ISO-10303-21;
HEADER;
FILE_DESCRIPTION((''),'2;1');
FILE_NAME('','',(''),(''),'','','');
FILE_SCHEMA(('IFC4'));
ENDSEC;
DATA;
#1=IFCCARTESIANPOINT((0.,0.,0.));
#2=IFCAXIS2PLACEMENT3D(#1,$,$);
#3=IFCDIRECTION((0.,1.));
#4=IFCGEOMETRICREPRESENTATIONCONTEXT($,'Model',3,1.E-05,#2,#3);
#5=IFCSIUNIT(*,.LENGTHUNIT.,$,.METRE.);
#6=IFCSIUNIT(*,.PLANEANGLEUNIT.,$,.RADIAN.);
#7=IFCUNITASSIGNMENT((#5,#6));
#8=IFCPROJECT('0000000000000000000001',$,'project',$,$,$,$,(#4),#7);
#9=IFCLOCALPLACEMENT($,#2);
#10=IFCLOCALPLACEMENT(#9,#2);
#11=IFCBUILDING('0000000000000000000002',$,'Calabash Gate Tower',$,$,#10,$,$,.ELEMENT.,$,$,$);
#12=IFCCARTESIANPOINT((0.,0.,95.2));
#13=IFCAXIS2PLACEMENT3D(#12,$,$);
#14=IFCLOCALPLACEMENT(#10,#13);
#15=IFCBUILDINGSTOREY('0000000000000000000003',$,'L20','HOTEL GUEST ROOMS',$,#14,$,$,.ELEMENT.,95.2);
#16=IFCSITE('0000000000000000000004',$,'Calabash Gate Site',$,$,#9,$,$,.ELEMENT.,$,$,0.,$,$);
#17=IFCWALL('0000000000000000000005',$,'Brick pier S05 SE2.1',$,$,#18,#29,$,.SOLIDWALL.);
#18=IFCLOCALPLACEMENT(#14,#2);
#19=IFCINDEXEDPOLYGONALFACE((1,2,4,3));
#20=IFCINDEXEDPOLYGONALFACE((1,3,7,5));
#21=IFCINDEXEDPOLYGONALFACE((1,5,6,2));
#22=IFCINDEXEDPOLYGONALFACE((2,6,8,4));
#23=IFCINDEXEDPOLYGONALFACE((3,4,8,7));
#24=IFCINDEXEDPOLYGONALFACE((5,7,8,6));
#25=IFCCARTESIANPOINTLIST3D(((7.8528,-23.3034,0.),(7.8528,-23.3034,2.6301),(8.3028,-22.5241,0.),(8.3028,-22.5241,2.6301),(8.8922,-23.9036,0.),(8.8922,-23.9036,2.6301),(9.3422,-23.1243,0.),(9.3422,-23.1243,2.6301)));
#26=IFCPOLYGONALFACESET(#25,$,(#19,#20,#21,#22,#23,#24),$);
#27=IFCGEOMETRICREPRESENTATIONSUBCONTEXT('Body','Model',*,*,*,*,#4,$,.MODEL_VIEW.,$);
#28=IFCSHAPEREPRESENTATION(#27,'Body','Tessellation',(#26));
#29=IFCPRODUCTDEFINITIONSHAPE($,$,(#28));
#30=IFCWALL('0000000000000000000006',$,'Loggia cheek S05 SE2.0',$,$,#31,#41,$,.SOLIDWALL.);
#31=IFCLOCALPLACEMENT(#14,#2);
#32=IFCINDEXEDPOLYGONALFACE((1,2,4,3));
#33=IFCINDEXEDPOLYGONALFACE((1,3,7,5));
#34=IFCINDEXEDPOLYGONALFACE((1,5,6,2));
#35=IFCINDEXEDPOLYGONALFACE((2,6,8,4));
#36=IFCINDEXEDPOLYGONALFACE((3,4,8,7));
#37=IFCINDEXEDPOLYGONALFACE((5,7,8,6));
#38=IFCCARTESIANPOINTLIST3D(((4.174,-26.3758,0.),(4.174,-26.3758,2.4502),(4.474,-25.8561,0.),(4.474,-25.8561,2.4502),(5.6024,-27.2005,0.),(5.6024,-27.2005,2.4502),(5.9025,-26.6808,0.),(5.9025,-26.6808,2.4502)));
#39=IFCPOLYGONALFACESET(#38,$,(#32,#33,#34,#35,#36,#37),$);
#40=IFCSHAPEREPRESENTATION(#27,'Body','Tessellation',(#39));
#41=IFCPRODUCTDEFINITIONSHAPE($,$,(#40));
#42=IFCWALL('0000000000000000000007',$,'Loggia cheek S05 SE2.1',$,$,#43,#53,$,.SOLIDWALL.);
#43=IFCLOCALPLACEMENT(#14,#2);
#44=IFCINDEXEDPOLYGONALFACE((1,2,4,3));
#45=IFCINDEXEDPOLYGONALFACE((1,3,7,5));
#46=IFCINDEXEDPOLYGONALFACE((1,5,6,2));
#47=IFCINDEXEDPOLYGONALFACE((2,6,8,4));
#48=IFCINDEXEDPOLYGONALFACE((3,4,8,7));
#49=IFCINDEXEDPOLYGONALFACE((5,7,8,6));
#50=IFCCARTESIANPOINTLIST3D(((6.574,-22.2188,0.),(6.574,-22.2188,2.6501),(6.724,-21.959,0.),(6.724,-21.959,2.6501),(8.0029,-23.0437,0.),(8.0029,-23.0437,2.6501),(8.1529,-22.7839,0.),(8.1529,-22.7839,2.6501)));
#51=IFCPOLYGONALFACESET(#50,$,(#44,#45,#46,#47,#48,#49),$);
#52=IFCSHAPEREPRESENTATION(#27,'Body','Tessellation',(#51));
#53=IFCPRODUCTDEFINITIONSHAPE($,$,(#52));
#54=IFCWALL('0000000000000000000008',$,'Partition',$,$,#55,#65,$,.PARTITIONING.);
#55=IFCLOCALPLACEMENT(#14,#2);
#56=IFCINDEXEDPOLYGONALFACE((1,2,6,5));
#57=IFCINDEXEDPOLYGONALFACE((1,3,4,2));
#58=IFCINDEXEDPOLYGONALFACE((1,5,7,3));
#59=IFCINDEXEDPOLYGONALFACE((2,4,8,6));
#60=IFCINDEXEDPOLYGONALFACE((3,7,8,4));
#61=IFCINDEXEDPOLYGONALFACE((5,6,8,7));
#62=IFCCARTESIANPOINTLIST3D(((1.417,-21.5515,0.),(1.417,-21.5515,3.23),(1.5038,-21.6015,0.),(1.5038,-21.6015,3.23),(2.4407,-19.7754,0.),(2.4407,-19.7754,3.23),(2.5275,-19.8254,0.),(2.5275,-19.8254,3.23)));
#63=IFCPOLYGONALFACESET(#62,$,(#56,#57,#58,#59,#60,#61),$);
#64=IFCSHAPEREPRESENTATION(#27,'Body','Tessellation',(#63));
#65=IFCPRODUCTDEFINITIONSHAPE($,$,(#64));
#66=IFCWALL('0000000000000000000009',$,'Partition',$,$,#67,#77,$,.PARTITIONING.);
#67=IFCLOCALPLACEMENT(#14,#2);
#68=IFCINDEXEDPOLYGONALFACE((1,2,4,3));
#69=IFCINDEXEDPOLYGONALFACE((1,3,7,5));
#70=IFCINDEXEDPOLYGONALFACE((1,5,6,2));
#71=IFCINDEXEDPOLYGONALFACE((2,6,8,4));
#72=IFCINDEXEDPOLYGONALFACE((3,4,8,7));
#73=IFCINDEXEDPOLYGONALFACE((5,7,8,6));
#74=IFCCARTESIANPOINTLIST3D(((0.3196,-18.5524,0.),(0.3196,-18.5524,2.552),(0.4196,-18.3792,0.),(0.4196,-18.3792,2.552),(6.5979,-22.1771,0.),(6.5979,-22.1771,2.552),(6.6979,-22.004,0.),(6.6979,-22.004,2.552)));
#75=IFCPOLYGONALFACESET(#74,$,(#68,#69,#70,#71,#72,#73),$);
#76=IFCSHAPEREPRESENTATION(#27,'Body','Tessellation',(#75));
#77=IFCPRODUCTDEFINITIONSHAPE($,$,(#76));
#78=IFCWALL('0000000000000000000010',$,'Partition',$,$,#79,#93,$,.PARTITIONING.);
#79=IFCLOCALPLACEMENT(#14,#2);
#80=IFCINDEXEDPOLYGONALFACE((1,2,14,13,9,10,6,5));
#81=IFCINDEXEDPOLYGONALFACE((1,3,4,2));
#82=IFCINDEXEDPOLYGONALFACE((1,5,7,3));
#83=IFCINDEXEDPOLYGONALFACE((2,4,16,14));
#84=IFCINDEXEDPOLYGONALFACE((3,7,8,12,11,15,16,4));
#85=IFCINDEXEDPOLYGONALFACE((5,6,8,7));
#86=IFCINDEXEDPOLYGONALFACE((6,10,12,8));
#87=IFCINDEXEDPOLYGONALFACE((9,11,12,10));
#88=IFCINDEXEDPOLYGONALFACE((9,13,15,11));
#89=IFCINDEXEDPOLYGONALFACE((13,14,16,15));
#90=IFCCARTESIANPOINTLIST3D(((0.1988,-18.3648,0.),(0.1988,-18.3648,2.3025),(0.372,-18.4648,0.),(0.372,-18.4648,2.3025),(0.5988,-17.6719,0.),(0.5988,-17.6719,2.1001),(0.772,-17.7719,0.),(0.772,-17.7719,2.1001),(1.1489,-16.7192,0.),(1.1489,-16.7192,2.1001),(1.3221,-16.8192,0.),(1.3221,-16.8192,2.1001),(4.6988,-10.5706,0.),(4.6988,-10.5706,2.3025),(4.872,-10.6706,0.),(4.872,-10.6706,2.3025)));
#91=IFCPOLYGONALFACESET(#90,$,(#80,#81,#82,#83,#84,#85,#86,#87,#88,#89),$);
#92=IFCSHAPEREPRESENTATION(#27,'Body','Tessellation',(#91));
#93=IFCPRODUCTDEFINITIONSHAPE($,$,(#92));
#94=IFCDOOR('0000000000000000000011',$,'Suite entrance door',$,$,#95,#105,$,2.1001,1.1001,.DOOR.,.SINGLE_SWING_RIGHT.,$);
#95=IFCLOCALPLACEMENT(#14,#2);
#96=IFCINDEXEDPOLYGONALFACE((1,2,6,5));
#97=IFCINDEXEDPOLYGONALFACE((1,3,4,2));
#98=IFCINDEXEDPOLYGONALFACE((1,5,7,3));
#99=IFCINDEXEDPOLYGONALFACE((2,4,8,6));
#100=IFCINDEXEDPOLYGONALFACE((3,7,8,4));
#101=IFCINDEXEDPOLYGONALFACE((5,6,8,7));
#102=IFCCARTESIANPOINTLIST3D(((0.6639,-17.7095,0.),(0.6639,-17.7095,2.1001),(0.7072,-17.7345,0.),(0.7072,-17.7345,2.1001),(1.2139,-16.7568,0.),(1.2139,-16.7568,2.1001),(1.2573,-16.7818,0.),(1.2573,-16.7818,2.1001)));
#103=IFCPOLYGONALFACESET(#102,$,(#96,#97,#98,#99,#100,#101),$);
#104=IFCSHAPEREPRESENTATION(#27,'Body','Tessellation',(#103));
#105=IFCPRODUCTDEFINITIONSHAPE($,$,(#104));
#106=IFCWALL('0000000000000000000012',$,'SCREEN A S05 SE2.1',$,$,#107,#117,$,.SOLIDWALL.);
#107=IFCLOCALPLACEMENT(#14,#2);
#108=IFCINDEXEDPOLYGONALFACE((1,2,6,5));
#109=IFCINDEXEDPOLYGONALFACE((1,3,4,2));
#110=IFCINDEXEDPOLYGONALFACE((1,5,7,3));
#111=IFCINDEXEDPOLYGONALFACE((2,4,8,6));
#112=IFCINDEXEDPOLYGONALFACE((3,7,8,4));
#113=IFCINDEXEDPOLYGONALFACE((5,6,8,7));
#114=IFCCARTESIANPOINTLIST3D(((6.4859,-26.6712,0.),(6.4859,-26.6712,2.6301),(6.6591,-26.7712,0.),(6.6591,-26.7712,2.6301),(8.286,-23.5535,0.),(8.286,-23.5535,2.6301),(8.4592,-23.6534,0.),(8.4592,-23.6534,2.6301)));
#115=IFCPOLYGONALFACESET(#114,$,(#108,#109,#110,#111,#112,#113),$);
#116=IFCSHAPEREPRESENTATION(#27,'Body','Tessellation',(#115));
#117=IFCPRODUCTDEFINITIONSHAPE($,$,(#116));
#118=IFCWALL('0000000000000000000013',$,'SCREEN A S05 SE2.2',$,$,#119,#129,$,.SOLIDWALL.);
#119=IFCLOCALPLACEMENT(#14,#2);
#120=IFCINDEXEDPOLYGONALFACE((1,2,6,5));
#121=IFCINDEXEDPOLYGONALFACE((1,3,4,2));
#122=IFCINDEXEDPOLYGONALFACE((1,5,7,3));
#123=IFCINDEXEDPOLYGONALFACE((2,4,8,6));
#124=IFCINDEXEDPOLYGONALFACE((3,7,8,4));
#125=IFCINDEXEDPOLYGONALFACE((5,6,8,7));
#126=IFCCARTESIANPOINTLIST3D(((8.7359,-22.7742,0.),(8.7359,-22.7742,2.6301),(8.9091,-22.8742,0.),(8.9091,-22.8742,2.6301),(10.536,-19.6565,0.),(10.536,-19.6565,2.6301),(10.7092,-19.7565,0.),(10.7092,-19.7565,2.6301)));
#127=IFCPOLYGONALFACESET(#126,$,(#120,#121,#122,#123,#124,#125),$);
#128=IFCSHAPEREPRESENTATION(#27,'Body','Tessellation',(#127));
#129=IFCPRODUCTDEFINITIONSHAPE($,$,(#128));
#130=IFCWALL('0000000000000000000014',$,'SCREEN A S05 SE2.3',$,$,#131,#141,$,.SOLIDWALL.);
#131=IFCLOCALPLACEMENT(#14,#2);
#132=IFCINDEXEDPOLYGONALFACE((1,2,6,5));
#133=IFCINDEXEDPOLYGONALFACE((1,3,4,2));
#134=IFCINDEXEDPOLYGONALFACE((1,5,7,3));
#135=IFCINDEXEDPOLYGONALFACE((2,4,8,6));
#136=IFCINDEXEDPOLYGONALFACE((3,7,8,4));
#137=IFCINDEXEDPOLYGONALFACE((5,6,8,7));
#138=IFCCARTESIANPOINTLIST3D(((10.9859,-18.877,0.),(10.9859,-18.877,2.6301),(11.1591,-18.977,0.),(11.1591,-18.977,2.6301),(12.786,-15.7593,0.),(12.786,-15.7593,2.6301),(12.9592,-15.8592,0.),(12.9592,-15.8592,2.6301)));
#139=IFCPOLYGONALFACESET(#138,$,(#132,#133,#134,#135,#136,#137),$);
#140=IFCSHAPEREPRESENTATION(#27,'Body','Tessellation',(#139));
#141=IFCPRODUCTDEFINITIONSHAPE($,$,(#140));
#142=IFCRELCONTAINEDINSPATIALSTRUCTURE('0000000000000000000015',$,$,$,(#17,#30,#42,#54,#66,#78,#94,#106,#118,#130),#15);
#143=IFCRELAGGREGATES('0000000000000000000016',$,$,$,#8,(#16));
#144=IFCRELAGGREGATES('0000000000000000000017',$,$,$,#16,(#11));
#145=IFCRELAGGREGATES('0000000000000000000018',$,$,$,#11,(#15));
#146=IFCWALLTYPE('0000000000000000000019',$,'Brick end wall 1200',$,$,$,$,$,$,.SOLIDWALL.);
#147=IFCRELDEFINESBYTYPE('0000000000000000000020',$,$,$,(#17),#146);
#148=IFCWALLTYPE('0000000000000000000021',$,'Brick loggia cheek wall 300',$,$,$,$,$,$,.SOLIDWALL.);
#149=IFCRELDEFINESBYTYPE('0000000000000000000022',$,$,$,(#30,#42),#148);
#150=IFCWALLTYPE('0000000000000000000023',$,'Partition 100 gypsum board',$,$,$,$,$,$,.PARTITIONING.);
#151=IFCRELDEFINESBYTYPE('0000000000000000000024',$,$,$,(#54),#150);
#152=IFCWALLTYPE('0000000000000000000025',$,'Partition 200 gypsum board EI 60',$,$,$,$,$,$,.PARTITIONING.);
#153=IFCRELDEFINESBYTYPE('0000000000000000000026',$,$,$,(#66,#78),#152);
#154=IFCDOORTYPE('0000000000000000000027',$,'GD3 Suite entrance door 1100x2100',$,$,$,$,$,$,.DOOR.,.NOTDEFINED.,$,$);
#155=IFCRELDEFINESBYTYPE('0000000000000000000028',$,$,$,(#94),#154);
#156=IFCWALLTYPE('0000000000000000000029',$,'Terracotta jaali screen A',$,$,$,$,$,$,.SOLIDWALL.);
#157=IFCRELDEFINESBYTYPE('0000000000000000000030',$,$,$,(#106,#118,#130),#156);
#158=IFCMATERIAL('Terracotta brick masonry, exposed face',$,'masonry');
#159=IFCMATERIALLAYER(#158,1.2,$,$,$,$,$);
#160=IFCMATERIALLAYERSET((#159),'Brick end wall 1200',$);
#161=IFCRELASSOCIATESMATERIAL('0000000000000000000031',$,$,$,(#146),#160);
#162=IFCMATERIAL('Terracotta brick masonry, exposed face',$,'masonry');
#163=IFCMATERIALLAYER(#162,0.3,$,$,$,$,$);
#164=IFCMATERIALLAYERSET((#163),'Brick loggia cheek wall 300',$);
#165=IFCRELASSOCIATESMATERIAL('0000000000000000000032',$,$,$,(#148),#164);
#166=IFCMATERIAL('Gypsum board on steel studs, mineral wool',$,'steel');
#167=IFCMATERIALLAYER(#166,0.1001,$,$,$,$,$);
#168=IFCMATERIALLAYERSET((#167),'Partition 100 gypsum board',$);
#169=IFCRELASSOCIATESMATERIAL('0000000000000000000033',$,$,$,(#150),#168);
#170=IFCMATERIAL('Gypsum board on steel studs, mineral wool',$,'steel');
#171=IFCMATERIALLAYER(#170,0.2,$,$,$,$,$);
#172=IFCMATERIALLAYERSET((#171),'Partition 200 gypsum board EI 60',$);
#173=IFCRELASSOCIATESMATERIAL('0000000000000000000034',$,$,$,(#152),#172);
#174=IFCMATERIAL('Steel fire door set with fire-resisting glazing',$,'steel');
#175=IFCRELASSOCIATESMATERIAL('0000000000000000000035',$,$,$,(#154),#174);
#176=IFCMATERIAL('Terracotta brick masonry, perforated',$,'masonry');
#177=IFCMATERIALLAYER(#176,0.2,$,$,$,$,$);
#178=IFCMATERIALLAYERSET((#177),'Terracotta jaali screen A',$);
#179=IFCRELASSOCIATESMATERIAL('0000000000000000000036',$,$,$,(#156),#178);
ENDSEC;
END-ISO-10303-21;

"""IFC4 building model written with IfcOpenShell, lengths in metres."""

from ifc_helpers import new_model, si_unit, direction, frame, frame_2d, origin, place, context, subcontext, project, spatial, rectangle, extrude, material, layer, layer_set, type_object, element, fill, save


model = new_model("IFC4")

# Units and contexts
model_context = context("Model", 3, precision=1e-05, world=origin(), true_north=direction((0.0, 1.0)))
body_context = subcontext(model_context, "Body", "Model", "MODEL_VIEW")
ifc_project = project(units=[si_unit("LENGTHUNIT", "METRE"), si_unit("PLANEANGLEUNIT", "RADIAN")], contexts=[model_context])

# Site, building, storey
site_placement = place(None, origin())
site = spatial("IfcSite", under=ifc_project, at=site_placement, Name="Calabash Gate Site", CompositionType="ELEMENT", RefElevation=0.0)
building_placement = place(site_placement, origin())
building = spatial("IfcBuilding", under=site, at=building_placement, Name="Calabash Gate Tower", CompositionType="ELEMENT")
storey_placement = place(building_placement, frame((0.0, 0.0, 95.2)))
storey = spatial("IfcBuildingStorey", under=building, at=storey_placement, Name="L20", Description="HOTEL GUEST ROOMS", CompositionType="ELEMENT", Elevation=95.2)

# Walls
ifc_material_1 = material(Name="Terracotta brick masonry, exposed face", Category="masonry")
ifc_layer_1 = layer(ifc_material_1, 1.2)
ifc_layer_set_1 = layer_set([ifc_layer_1], Name="Brick end wall 1200")
wall_type_1 = type_object("IfcWallType", Name="Brick end wall 1200", PredefinedType="SOLIDWALL", material=ifc_layer_set_1)
wall_1_placement = place(storey_placement, frame((9.1172, -23.5139, 0.0), z_axis=(0.0, 0.0, 1.0), x_axis=(-0.866006, 0.500034, 0.0)))
element("IfcWall", 1, at=wall_1_placement, inside=storey, type_object=wall_type_1, Name="Brick pier S05 SE2.1", PredefinedType="SOLIDWALL", context=body_context, shape_type="SweptSolid", body=[
    extrude(rectangle(XDim=1.2002, YDim=0.8999, at=frame_2d((0.6001, 0.0))), origin(), (0.0, 0.0, 1.0), 2.6301),
])
ifc_material_2 = material(Name="Terracotta brick masonry, exposed face", Category="masonry")
ifc_layer_2 = layer(ifc_material_2, 0.3)
ifc_layer_set_2 = layer_set([ifc_layer_2], Name="Brick loggia cheek wall 300")
wall_type_2 = type_object("IfcWallType", Name="Brick loggia cheek wall 300", PredefinedType="SOLIDWALL", material=ifc_layer_set_2)
wall_2_placement = place(storey_placement, frame((5.7524, -26.9407, 0.0), z_axis=(0.0, 0.0, 1.0), x_axis=(-0.86603, 0.499992, 0.0)))
element("IfcWall", 2, at=wall_2_placement, inside=storey, type_object=wall_type_2, Name="Loggia cheek S05 SE2.0", PredefinedType="SOLIDWALL", context=body_context, shape_type="SweptSolid", body=[
    extrude(rectangle(XDim=1.6494, YDim=0.6001, at=frame_2d((0.8247, 0.0))), origin(), (0.0, 0.0, 1.0), 2.4502),
])
wall_3_placement = place(storey_placement, frame((8.0779, -22.9138, 0.0), z_axis=(0.0, 0.0, 1.0), x_axis=(-0.86604, 0.499974, 0.0)))
element("IfcWall", 3, at=wall_3_placement, inside=storey, type_object=wall_type_2, Name="Loggia cheek S05 SE2.1", PredefinedType="SOLIDWALL", context=body_context, shape_type="SweptSolid", body=[
    extrude(rectangle(XDim=1.6499, YDim=0.3, at=frame_2d((0.825, 0.0))), origin(), (0.0, 0.0, 1.0), 2.6501),
])
ifc_material_3 = material(Name="Gypsum board on steel studs, mineral wool", Category="steel")
ifc_layer_3 = layer(ifc_material_3, 0.1001)
ifc_layer_set_3 = layer_set([ifc_layer_3], Name="Partition 100 gypsum board")
wall_type_3 = type_object("IfcWallType", Name="Partition 100 gypsum board", PredefinedType="PARTITIONING", material=ifc_layer_set_3)
wall_4_placement = place(storey_placement, frame((1.4604, -21.5764, 0.0), z_axis=(0.0, 0.0, 1.0), x_axis=(0.499355, 0.866398, 0.0)))
element("IfcWall", 4, at=wall_4_placement, inside=storey, type_object=wall_type_3, Name="Partition", PredefinedType="PARTITIONING", context=body_context, shape_type="SweptSolid", body=[
    extrude(rectangle(XDim=2.05, YDim=0.1001, at=frame_2d((1.0249, 0.0))), origin(), (0.0, 0.0, 1.0), 3.23),
])
ifc_material_4 = material(Name="Gypsum board on steel studs, mineral wool", Category="steel")
ifc_layer_4 = layer(ifc_material_4, 0.2)
ifc_layer_set_4 = layer_set([ifc_layer_4], Name="Partition 200 gypsum board EI 60")
wall_type_4 = type_object("IfcWallType", Name="Partition 200 gypsum board EI 60", PredefinedType="PARTITIONING", material=ifc_layer_set_4)
wall_5_placement = place(storey_placement, frame((0.3696, -18.4658, 0.0), z_axis=(0.0, 0.0, 1.0), x_axis=(0.866027, -0.499996, 0.0)))
element("IfcWall", 5, at=wall_5_placement, inside=storey, type_object=wall_type_4, Name="Partition", PredefinedType="PARTITIONING", context=body_context, shape_type="SweptSolid", body=[
    extrude(rectangle(XDim=7.2495, YDim=0.2, at=frame_2d((3.6248, 0.0))), origin(), (0.0, 0.0, 1.0), 2.552),
])

# Wall, opening, door
wall_6_placement = place(storey_placement, frame((0.2854, -18.4148, 0.0), z_axis=(0.0, 0.0, 1.0), x_axis=(0.500002, 0.866024, 0.0)))
wall_6 = element("IfcWall", 6, at=wall_6_placement, inside=storey, type_object=wall_type_4, Name="Partition", PredefinedType="PARTITIONING", context=body_context, shape_type="SweptSolid", body=[
    extrude(rectangle(XDim=9.0, YDim=0.2, at=frame_2d((4.5, 0.0))), origin(), (0.0, 0.0, 1.0), 2.3025),
])
opening_1_placement = place(wall_6_placement, frame((0.8, 0.0, 0.0)))
opening_1 = element("IfcOpeningElement", 7, at=opening_1_placement, cuts=wall_6, PredefinedType="OPENING", context=body_context, shape_type="SweptSolid", body=[
    extrude(rectangle(XDim=1.1001, YDim=2.1001, at=frame_2d((0.55, 1.05))), frame((0.0, 0.1099, 0.0), z_axis=(0.0, -1.0, 0.0), x_axis=(1.0, 0.0, 0.0)), (0.0, 0.0, 1.0), 0.22),
])
ifc_material_5 = material(Name="Steel fire door set with fire-resisting glazing", Category="steel")
door_type_1 = type_object("IfcDoorType", Name="GD3 Suite entrance door 1100x2100", OperationType="NOTDEFINED", PredefinedType="DOOR", material=ifc_material_5)
door_1_placement = place(opening_1_placement, origin())
door_1 = element("IfcDoor", 8, at=door_1_placement, inside=storey, type_object=door_type_1, Name="Suite entrance door", OperationType="SINGLE_SWING_RIGHT", OverallHeight=2.1001, OverallWidth=1.1001, PredefinedType="DOOR", context=body_context, shape_type="SweptSolid", body=[
    extrude(rectangle(XDim=1.1001, YDim=2.1001, at=frame_2d((0.55, 1.05))), frame((0.0, 0.0249, 0.0), z_axis=(0.0, -1.0, 0.0), x_axis=(1.0, 0.0, 0.0)), (0.0, 0.0, 1.0), 0.05),
])
fill(opening_1, door_1)

# Walls
ifc_material_6 = material(Name="Terracotta brick masonry, perforated", Category="masonry")
ifc_layer_5 = layer(ifc_material_6, 0.2)
ifc_layer_set_5 = layer_set([ifc_layer_5], Name="Terracotta jaali screen A")
wall_type_5 = type_object("IfcWallType", Name="Terracotta jaali screen A", PredefinedType="SOLIDWALL", material=ifc_layer_set_5)
for number, where, z_axis, x_axis, name in (
    (9, (6.5725, -26.7212, 0.0), (0.0, 0.0, 1.0), (0.500012, 0.866018, 0.0), "SCREEN A S05 SE2.1"),
    (10, (8.8225, -22.8242, 0.0), (0.0, 0.0, 1.0), (0.500012, 0.866018, 0.0), "SCREEN A S05 SE2.2"),
    (11, (11.0725, -18.927, 0.0), (0.0, 0.0, 1.0), (0.500012, 0.866018, 0.0), "SCREEN A S05 SE2.3"),
):
    element("IfcWall", number, at=place(storey_placement, frame(where, z_axis=z_axis, x_axis=x_axis)), inside=storey, type_object=wall_type_5, Name=name, PredefinedType="SOLIDWALL", context=body_context, shape_type="SweptSolid", body=[
        extrude(rectangle(XDim=3.6001, YDim=0.2, at=frame_2d((1.8, 0.0))), origin(), (0.0, 0.0, 1.0), 2.6301),
    ])

save(model, "model.ifc")
